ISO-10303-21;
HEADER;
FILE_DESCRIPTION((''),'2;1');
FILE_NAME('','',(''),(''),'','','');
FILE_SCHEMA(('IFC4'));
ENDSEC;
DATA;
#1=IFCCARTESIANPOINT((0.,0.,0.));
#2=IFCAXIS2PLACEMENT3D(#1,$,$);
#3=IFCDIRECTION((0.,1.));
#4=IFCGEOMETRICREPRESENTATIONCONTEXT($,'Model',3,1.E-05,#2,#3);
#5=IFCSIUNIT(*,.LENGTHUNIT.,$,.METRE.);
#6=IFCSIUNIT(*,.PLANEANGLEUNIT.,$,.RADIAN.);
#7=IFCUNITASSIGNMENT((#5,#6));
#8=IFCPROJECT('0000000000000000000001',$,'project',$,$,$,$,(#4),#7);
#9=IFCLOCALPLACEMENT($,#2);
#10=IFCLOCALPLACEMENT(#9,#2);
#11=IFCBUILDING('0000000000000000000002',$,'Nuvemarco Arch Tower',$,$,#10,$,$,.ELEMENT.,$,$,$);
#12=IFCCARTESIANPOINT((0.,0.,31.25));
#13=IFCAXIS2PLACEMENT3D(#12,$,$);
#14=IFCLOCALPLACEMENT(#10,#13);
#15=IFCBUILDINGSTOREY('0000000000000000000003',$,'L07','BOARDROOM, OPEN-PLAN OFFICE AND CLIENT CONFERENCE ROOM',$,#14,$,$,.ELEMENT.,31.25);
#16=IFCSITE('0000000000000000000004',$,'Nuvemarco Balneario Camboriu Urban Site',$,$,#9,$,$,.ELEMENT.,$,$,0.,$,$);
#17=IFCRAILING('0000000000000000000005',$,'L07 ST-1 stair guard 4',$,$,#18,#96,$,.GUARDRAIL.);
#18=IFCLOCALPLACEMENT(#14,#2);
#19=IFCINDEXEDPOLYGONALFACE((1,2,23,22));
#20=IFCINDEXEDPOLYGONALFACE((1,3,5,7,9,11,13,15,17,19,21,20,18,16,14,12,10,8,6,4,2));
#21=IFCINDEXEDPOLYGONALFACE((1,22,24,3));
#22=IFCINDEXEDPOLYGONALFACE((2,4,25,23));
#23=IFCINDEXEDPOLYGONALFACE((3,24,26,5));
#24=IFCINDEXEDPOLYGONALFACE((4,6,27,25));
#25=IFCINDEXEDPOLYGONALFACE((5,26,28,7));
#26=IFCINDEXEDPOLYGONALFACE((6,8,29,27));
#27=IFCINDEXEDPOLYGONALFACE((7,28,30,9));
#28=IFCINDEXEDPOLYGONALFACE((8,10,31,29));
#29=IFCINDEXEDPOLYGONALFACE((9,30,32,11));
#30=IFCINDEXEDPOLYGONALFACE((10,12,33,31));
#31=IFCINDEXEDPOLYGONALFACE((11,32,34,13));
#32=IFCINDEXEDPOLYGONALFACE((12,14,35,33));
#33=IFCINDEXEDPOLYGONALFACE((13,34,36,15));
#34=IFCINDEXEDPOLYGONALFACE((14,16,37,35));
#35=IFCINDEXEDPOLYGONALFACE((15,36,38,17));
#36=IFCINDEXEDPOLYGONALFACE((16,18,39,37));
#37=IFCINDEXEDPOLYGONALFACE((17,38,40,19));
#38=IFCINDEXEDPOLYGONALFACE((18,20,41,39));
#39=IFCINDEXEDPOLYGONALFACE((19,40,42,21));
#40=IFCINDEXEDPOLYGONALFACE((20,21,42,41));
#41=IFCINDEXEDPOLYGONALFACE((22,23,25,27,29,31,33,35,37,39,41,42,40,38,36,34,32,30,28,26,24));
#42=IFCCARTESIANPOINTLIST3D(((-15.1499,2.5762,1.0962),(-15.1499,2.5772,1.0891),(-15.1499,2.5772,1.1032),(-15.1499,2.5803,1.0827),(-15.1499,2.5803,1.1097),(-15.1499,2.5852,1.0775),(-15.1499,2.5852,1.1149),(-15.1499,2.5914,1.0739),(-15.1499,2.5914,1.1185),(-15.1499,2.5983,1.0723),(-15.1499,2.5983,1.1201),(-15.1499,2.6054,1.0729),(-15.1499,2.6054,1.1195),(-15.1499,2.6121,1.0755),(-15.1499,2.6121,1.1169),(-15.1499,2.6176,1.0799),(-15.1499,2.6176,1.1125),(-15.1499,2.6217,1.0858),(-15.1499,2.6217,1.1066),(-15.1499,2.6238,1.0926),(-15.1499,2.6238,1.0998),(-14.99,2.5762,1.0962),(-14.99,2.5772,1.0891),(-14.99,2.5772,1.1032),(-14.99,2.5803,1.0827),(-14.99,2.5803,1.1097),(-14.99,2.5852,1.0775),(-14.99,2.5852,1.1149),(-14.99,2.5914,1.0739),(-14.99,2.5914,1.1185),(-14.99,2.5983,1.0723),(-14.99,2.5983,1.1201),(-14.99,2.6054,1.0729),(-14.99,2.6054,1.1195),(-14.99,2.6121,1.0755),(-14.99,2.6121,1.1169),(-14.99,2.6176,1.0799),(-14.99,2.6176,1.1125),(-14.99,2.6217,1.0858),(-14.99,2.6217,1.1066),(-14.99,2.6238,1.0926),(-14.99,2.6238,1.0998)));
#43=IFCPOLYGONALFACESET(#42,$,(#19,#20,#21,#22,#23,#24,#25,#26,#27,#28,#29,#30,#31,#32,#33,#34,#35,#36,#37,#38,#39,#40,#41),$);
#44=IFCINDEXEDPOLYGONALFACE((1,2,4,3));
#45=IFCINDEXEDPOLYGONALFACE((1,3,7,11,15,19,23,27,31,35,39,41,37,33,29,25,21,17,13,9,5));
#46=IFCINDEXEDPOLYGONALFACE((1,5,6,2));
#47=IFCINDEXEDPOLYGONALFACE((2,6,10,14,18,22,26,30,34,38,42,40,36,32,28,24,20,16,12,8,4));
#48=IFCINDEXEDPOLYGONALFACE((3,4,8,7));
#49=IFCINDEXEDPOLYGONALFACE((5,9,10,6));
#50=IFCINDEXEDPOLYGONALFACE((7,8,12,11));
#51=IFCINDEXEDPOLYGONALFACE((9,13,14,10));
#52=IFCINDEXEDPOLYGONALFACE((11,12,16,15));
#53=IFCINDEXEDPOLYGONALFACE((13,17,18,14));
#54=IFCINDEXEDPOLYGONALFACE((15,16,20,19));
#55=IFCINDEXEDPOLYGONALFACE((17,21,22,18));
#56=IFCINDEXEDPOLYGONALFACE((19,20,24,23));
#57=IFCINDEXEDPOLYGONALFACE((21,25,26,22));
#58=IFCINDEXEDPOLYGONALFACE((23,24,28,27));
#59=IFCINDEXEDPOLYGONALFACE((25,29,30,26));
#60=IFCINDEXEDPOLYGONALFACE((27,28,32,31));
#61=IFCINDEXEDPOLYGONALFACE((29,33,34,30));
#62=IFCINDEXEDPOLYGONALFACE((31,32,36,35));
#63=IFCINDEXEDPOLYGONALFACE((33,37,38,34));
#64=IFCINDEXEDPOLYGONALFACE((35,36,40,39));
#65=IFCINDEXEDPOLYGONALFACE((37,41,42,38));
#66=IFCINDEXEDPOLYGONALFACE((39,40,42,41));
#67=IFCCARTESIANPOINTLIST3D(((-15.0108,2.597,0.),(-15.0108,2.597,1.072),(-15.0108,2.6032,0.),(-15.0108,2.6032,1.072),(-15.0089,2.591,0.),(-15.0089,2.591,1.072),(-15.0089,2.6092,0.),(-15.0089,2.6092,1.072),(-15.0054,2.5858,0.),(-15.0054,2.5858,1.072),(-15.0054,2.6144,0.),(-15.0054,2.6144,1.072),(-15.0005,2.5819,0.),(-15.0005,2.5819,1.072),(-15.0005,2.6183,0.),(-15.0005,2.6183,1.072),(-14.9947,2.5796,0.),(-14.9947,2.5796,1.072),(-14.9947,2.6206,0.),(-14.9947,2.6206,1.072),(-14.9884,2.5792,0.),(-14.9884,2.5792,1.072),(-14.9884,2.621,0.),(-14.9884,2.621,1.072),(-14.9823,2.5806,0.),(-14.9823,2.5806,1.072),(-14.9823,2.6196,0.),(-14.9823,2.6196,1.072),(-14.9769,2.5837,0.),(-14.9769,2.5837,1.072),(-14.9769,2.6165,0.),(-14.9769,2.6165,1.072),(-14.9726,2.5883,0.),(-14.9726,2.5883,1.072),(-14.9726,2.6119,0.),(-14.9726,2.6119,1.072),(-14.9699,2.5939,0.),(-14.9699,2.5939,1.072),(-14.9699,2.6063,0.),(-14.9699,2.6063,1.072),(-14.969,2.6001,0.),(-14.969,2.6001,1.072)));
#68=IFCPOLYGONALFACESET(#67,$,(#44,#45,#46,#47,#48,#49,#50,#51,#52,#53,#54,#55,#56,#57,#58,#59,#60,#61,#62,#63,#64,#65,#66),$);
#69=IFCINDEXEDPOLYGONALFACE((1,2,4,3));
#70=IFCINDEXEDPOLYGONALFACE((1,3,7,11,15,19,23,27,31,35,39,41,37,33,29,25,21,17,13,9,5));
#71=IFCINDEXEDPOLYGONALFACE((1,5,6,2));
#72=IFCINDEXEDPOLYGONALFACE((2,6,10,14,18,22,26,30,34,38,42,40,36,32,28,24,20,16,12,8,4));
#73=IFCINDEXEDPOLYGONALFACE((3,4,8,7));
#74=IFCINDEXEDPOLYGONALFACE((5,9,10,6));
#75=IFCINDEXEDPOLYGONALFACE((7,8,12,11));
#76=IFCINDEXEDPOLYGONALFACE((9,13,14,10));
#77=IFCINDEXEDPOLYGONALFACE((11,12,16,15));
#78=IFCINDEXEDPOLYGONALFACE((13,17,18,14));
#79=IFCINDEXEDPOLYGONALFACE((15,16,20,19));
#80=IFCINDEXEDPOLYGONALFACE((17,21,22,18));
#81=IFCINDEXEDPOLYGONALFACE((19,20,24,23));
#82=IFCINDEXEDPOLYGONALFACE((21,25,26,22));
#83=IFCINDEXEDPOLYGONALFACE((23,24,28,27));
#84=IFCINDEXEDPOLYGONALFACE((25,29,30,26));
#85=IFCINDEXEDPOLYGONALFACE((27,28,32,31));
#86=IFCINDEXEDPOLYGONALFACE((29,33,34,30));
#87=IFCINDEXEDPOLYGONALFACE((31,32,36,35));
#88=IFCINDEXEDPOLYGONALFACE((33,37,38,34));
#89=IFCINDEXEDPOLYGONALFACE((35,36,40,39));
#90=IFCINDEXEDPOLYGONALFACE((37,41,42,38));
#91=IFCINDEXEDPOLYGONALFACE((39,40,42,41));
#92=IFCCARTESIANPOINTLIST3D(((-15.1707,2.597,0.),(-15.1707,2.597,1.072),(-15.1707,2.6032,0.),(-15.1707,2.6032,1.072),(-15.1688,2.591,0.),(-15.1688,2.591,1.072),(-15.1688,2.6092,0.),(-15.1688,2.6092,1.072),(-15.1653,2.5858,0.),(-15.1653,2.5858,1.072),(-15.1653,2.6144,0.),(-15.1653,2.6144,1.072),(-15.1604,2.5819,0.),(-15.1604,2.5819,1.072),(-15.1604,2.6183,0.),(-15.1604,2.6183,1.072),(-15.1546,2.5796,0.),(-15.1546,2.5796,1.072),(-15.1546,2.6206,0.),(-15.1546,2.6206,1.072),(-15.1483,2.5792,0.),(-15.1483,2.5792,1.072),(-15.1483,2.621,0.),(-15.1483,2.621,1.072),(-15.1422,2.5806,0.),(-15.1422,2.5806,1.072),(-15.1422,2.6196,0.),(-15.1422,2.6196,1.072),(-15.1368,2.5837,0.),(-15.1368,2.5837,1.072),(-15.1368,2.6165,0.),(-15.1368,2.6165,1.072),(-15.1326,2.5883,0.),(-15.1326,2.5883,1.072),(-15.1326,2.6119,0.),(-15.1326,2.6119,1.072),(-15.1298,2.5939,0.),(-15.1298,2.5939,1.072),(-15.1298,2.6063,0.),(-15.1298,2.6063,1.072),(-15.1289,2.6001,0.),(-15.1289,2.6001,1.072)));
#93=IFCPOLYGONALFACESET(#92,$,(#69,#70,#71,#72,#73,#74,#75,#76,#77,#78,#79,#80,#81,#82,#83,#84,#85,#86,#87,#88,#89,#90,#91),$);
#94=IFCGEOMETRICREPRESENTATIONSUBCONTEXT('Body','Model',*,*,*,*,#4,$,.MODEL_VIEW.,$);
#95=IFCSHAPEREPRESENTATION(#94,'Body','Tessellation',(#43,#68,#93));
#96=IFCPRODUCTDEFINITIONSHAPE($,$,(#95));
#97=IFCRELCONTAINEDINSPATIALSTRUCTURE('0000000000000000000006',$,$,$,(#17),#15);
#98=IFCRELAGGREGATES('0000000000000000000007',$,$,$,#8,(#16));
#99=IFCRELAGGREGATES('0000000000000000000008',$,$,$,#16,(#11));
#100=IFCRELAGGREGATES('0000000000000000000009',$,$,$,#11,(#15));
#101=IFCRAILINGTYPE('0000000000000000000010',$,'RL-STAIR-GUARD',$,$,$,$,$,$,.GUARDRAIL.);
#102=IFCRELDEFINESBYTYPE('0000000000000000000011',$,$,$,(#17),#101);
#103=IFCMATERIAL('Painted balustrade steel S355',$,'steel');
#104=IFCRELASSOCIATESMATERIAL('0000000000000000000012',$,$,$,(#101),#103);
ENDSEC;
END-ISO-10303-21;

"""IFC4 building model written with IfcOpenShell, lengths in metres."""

from ifc_helpers import new_model, si_unit, direction, frame, origin, origin_2d, place, context, subcontext, project, spatial, circle, extrude, material, type_object, element, save


model = new_model("IFC4")

# Units and contexts
model_context = context("Model", 3, precision=1e-05, world=origin(), true_north=direction((0.0, 1.0)))
body_context = subcontext(model_context, "Body", "Model", "MODEL_VIEW")
ifc_project = project(units=[si_unit("LENGTHUNIT", "METRE"), si_unit("PLANEANGLEUNIT", "RADIAN")], contexts=[model_context])

# Site, building, storey
site_placement = place(None, origin())
site = spatial("IfcSite", under=ifc_project, at=site_placement, Name="Nuvemarco Balneario Camboriu Urban Site", CompositionType="ELEMENT", RefElevation=0.0)
building_placement = place(site_placement, origin())
building = spatial("IfcBuilding", under=site, at=building_placement, Name="Nuvemarco Arch Tower", CompositionType="ELEMENT")
storey_placement = place(building_placement, frame((0.0, 0.0, 31.25)))
storey = spatial("IfcBuildingStorey", under=building, at=storey_placement, Name="L07", Description="BOARDROOM, OPEN-PLAN OFFICE AND CLIENT CONFERENCE ROOM", CompositionType="ELEMENT", Elevation=31.25)

# Railing
ifc_material_1 = material(Name="Painted balustrade steel S355", Category="steel")
railing_type_1 = type_object("IfcRailingType", Name="RL-STAIR-GUARD", PredefinedType="GUARDRAIL", material=ifc_material_1)
railing_1_placement = place(storey_placement, frame((-14.99, 2.6001, 0.0)))
element("IfcRailing", 1, at=railing_1_placement, inside=storey, type_object=railing_type_1, Name="L07 ST-1 stair guard 4", PredefinedType="GUARDRAIL", context=body_context, shape_type="SweptSolid", body=[
    extrude(circle(Radius=0.0239, at=origin_2d()), frame((0.0, 0.0, 1.0962), z_axis=(-1.0, 0.0, 0.0), x_axis=(0.0, -1.0, 0.0)), (0.0, 0.0, 1.0), 0.1599),
    extrude(circle(Radius=0.021, at=origin_2d()), origin(), (0.0, 0.0, 1.0), 1.072),
    extrude(circle(Radius=0.021, at=origin_2d()), frame((-0.1599, 0.0, 0.0)), (0.0, 0.0, 1.0), 1.072),
])

save(model, "model.ifc")
